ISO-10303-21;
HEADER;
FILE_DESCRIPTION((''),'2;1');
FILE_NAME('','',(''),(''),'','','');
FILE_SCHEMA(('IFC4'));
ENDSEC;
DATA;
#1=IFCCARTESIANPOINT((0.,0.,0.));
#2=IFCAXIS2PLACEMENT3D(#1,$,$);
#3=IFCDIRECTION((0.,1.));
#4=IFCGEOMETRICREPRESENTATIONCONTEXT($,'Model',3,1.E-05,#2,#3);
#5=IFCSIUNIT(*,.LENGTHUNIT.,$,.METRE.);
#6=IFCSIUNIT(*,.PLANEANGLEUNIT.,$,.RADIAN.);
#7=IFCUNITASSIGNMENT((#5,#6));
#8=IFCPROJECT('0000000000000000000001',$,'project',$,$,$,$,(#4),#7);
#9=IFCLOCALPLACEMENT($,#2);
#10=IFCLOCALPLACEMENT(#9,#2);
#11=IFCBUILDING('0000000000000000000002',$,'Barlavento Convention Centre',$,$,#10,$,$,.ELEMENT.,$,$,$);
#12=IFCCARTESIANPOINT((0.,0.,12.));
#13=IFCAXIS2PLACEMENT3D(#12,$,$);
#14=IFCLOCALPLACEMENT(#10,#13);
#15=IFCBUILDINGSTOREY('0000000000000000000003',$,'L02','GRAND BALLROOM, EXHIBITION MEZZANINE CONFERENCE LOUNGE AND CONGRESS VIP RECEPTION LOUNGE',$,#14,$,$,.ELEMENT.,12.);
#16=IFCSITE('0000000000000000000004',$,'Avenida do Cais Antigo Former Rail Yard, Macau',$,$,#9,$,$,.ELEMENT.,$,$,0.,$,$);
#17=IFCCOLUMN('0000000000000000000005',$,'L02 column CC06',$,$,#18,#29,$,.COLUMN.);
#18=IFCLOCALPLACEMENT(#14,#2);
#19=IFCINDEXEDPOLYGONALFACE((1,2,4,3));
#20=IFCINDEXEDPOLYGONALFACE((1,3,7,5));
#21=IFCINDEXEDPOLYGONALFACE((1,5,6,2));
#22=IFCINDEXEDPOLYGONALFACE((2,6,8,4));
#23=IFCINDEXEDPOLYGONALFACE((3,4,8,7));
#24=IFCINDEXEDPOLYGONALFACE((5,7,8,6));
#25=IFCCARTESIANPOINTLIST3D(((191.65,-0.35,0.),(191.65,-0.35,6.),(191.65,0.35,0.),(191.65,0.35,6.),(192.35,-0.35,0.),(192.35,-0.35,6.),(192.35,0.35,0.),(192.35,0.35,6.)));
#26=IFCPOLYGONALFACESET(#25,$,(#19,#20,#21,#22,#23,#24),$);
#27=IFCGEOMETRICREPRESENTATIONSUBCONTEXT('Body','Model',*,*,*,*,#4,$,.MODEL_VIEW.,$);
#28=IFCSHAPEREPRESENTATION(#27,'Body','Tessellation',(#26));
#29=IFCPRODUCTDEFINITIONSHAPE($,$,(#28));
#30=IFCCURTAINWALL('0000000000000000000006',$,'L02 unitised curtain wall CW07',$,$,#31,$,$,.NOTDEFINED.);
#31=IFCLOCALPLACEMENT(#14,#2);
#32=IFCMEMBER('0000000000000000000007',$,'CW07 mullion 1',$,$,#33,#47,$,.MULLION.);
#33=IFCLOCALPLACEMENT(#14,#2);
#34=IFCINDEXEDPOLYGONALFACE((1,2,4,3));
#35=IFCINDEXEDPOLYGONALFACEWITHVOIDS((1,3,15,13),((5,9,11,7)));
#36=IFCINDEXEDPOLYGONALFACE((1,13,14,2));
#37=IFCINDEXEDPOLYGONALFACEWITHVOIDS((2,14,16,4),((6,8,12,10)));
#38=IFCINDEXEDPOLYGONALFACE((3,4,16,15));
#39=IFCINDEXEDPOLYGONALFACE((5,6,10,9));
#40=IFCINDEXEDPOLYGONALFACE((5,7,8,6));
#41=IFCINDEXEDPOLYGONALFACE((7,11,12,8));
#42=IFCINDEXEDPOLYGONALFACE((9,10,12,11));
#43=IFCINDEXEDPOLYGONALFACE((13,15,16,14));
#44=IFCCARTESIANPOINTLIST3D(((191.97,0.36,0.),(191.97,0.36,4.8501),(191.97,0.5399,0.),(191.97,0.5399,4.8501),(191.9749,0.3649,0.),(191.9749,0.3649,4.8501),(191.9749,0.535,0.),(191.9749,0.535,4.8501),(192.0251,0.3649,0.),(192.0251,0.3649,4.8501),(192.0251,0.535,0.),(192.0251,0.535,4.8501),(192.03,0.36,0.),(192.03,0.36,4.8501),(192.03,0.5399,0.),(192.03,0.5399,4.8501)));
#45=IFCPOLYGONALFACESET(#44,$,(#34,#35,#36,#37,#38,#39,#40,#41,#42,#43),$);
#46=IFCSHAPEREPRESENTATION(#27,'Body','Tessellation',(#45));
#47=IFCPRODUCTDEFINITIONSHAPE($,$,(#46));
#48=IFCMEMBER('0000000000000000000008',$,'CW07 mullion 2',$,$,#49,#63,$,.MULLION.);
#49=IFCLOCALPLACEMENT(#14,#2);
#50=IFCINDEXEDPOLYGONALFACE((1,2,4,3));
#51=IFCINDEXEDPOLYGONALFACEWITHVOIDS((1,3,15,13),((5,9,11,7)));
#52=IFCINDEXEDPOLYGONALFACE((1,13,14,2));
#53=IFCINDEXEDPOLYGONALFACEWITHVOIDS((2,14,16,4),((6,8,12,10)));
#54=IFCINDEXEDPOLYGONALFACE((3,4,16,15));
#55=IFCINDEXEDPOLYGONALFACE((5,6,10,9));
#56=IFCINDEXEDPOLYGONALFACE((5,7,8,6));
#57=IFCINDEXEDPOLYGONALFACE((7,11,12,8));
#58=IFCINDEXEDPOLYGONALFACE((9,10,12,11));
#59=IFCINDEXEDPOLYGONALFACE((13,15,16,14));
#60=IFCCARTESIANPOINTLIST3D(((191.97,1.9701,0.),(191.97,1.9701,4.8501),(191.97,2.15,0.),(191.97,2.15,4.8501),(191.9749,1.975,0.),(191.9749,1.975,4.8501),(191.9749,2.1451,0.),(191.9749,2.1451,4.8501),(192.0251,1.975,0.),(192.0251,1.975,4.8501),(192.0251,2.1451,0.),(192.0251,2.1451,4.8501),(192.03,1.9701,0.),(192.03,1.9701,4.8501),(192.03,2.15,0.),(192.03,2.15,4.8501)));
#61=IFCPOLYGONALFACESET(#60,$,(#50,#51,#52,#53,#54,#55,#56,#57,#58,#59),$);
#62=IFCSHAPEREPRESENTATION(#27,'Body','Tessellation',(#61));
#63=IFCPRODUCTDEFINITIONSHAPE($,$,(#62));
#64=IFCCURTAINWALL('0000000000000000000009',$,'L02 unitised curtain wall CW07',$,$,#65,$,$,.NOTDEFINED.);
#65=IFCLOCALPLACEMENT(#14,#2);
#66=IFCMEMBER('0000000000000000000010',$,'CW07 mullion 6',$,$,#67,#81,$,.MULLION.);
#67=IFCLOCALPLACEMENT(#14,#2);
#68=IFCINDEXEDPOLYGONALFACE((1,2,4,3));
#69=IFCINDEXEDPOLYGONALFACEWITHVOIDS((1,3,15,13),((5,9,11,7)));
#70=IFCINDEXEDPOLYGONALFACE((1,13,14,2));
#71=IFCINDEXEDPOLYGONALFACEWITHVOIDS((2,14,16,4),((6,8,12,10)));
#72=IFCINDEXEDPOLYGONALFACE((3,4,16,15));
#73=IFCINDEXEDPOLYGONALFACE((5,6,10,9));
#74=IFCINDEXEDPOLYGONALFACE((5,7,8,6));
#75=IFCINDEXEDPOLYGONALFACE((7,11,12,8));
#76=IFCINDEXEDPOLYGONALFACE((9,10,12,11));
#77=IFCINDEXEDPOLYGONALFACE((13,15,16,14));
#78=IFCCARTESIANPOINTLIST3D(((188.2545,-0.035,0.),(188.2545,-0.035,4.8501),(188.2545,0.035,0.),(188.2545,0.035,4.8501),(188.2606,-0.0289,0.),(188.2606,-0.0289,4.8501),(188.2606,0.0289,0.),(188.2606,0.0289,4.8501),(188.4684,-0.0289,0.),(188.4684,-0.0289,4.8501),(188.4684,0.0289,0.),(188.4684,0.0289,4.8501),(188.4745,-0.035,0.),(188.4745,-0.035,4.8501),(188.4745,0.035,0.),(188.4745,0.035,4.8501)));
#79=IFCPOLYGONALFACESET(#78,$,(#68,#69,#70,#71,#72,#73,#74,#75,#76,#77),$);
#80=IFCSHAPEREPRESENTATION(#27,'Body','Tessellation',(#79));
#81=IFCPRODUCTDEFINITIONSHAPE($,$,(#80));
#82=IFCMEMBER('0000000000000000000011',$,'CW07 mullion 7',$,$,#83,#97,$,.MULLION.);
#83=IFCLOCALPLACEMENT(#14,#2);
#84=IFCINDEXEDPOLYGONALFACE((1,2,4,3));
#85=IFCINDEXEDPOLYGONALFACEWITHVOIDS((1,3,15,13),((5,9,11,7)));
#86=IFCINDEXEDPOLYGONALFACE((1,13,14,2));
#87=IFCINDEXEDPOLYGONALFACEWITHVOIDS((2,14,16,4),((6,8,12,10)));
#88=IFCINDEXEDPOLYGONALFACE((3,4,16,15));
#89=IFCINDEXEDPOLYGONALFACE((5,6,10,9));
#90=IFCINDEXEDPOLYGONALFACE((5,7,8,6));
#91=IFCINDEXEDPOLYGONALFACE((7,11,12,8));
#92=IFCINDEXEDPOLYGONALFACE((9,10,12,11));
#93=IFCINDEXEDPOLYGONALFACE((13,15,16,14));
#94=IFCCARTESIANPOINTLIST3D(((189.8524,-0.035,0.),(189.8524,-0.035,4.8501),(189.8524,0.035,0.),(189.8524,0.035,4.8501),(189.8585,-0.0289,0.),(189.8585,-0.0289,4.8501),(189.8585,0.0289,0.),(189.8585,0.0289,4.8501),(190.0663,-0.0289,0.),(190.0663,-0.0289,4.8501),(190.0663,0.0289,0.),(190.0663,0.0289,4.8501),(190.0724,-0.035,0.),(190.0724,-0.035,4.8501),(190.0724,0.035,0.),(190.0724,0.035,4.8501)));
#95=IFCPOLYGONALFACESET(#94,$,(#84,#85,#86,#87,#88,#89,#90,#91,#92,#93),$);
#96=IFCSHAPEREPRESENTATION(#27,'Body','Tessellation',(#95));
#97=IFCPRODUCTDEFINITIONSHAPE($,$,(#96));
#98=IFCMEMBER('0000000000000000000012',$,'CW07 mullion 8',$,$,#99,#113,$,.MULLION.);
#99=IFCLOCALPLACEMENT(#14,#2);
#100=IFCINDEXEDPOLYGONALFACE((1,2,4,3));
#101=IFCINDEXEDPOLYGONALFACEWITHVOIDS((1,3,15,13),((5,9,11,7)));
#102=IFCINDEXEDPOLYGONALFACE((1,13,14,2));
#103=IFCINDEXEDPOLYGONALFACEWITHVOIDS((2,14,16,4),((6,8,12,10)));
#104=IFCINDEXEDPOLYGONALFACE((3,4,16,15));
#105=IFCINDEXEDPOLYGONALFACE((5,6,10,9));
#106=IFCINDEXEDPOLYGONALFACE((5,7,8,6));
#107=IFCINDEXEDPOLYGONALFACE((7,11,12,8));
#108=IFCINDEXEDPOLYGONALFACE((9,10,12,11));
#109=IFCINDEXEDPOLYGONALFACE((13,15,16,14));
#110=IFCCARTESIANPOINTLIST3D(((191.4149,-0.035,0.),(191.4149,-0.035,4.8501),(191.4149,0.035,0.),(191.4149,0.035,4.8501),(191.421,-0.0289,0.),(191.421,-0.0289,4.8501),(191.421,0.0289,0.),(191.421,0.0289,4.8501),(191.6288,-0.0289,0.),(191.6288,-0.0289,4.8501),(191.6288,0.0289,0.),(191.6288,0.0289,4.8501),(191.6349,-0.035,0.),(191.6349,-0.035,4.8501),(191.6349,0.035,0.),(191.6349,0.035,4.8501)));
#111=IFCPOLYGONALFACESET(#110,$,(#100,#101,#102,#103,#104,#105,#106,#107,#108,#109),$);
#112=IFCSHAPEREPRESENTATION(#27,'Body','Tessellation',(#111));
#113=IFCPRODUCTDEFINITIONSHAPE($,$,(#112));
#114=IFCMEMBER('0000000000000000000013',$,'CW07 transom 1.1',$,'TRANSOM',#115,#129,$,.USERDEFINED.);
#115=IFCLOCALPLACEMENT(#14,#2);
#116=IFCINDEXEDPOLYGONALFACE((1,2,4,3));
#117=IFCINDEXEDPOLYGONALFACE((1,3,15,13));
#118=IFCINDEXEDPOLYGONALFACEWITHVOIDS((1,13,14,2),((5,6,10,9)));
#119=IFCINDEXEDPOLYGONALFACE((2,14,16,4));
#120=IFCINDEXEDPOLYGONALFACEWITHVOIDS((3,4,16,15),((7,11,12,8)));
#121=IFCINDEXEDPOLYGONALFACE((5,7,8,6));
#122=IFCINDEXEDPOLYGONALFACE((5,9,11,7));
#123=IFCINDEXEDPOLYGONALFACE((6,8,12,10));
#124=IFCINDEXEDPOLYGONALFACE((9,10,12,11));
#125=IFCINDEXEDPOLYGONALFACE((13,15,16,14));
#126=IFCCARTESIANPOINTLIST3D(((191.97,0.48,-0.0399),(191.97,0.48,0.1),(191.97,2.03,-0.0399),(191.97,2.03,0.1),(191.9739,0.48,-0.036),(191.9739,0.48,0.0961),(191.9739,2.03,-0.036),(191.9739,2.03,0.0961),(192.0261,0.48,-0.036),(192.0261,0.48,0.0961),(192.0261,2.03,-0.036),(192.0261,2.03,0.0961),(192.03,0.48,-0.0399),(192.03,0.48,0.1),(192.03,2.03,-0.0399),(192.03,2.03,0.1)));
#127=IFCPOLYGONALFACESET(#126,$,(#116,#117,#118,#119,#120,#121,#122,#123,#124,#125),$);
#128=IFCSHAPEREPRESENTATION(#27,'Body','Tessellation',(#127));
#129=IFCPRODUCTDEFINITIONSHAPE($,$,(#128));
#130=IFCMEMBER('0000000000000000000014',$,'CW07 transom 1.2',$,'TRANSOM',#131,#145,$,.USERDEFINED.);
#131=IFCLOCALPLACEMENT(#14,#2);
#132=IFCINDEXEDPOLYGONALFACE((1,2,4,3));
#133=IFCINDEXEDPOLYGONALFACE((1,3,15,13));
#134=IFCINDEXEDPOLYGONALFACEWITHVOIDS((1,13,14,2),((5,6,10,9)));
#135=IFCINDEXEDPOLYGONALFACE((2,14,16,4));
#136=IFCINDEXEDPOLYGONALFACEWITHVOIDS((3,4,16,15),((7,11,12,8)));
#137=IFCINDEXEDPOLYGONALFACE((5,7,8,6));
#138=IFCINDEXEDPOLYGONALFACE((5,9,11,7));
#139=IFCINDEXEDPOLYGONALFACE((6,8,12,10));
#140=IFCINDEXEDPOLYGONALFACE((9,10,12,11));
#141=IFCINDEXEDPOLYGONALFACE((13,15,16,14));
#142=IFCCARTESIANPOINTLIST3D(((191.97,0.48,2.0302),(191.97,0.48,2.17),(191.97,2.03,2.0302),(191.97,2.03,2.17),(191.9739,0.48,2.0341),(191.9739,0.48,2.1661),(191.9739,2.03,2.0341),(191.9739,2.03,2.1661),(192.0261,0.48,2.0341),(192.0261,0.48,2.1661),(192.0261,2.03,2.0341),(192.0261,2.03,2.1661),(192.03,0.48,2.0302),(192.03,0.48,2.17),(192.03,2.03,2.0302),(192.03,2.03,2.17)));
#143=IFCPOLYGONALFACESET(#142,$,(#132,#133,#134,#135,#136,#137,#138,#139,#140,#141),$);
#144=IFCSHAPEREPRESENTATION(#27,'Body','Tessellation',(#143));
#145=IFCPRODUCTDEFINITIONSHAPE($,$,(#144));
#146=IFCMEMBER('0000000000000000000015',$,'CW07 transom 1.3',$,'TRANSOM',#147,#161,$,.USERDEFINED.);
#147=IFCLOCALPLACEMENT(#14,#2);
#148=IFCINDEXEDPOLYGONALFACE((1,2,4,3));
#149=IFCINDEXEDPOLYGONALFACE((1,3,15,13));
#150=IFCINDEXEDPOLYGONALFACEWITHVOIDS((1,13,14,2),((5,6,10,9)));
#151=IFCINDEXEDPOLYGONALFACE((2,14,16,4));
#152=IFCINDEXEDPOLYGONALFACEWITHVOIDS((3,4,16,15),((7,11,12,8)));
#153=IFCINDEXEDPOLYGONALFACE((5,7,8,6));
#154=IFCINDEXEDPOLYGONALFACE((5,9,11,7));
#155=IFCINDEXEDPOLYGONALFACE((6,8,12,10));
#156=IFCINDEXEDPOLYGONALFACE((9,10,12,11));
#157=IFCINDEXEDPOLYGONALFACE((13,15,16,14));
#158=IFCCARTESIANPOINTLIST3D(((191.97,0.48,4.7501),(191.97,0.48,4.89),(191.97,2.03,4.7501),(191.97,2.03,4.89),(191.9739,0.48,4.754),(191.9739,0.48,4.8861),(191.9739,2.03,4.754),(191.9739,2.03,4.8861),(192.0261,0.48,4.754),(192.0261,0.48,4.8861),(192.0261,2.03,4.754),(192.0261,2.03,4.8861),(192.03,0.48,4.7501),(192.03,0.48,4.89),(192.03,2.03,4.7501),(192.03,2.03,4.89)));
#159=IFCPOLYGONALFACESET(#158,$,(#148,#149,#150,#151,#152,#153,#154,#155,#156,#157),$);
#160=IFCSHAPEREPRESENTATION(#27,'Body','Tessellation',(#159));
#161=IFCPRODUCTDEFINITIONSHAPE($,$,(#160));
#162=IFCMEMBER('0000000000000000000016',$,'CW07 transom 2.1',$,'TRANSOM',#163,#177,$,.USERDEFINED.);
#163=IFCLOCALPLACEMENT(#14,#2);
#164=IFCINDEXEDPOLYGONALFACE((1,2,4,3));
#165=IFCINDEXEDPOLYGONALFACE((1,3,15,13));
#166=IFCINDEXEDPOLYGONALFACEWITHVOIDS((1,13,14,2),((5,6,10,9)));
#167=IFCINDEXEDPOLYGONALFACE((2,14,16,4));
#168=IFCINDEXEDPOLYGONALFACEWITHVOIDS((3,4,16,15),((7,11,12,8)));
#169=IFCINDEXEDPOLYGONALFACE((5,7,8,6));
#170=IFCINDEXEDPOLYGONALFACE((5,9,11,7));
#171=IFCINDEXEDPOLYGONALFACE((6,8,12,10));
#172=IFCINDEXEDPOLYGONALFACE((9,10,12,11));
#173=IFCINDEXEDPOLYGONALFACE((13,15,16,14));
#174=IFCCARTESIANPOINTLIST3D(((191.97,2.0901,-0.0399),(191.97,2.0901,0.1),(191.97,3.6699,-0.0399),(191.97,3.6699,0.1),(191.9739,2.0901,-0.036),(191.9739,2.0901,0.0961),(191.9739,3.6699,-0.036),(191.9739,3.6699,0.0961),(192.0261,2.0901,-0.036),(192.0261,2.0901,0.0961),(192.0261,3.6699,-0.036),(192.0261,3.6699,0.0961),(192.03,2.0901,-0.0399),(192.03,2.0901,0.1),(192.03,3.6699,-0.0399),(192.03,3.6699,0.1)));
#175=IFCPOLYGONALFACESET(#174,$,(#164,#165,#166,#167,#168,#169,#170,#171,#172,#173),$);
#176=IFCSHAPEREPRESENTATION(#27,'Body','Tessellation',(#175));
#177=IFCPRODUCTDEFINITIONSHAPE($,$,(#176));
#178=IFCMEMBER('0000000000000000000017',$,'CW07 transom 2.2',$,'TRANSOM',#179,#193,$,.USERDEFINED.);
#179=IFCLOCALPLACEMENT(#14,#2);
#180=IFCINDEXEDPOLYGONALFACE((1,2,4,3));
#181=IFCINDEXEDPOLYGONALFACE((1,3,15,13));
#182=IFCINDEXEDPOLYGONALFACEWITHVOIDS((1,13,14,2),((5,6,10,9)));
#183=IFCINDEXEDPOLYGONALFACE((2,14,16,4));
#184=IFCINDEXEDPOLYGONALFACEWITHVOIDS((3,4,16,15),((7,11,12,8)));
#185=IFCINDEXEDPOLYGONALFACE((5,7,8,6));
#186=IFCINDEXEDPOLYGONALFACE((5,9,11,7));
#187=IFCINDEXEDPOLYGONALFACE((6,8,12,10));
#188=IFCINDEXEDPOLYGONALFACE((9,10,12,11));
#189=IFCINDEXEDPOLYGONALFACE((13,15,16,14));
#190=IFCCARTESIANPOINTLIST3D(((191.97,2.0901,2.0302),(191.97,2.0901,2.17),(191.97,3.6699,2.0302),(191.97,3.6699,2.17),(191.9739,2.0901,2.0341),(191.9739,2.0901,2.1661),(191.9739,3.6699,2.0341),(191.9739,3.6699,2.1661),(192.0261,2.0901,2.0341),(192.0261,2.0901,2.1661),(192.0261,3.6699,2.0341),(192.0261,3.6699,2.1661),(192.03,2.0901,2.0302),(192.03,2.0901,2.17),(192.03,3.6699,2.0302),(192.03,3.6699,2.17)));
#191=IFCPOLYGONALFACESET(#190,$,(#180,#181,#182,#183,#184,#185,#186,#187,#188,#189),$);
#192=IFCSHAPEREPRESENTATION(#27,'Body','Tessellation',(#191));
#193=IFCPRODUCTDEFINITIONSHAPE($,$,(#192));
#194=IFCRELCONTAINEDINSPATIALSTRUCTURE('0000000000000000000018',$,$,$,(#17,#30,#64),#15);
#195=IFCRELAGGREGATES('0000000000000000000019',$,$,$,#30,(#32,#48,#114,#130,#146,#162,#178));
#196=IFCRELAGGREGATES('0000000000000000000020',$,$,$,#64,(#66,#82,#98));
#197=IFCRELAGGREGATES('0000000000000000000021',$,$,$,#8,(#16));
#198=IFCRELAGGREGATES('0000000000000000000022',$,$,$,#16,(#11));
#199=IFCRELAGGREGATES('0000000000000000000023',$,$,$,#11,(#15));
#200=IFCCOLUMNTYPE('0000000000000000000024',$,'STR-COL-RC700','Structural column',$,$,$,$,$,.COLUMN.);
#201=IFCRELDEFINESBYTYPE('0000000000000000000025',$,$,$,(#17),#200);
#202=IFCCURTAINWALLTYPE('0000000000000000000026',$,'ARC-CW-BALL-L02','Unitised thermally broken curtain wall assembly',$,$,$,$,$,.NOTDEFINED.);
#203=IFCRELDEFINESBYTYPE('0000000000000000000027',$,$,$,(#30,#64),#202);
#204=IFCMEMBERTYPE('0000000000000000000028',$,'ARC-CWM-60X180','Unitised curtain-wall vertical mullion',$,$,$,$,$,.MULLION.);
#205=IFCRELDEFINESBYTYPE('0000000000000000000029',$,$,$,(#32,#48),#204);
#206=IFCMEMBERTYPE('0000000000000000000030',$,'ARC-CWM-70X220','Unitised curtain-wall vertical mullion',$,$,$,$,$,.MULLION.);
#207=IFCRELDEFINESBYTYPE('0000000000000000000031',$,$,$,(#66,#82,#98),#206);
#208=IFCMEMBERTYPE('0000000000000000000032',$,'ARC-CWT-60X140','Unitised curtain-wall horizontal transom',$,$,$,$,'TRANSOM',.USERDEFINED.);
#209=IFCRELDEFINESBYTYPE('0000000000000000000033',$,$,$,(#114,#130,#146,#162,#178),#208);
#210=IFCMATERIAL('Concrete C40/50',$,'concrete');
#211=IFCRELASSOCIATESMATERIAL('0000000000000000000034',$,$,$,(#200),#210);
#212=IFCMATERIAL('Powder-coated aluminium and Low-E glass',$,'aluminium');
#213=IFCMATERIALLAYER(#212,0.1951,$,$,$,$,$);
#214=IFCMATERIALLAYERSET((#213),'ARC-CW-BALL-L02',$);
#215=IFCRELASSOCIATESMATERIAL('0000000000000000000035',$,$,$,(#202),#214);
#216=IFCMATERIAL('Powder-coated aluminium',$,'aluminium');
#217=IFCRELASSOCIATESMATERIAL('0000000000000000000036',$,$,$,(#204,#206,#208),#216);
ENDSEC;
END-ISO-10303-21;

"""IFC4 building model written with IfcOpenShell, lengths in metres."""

from ifc_helpers import new_model, si_unit, direction, frame, origin, origin_2d, place, context, subcontext, project, spatial, rectangle, hollow_rectangle, extrude, material, layer, layer_set, material_profile, profile_set, type_object, element, aggregate, save


model = new_model("IFC4")

# Units and contexts
model_context = context("Model", 3, precision=1e-05, world=origin(), true_north=direction((0.0, 1.0)))
body_context = subcontext(model_context, "Body", "Model", "MODEL_VIEW")
ifc_project = project(units=[si_unit("LENGTHUNIT", "METRE"), si_unit("PLANEANGLEUNIT", "RADIAN")], contexts=[model_context])

# Site, building, storey
site_placement = place(None, origin())
site = spatial("IfcSite", under=ifc_project, at=site_placement, Name="Avenida do Cais Antigo Former Rail Yard, Macau", CompositionType="ELEMENT", RefElevation=0.0)
building_placement = place(site_placement, origin())
building = spatial("IfcBuilding", under=site, at=building_placement, Name="Barlavento Convention Centre", CompositionType="ELEMENT")
storey_placement = place(building_placement, frame((0.0, 0.0, 12.0)))
storey = spatial("IfcBuildingStorey", under=building, at=storey_placement, Name="L02", Description="GRAND BALLROOM, EXHIBITION MEZZANINE CONFERENCE LOUNGE AND CONGRESS VIP RECEPTION LOUNGE", CompositionType="ELEMENT", Elevation=12.0)

# Column
ifc_material_1 = material(Name="Concrete C40/50", Category="concrete")
ifc_material_profile_1 = material_profile(ifc_material_1, rectangle(XDim=0.7, YDim=0.7, at=origin_2d()), Name="RC 700x700")
ifc_profile_set_1 = profile_set([ifc_material_profile_1], Name="Concrete C40/50")
column_type = type_object("IfcColumnType", Name="STR-COL-RC700", Description="Structural column", PredefinedType="COLUMN", material=ifc_profile_set_1)
column_placement = place(storey_placement, frame((192.0, 0.0, 0.0), z_axis=(0.0, 0.0, 1.0), x_axis=(1.0, 0.0, 0.0)))
element("IfcColumn", 1, at=column_placement, inside=storey, type_object=column_type, Name="L02 column CC06", PredefinedType="COLUMN", context=body_context, shape_type="SweptSolid", body=[
    extrude(rectangle(XDim=0.7, YDim=0.7, at=origin_2d()), origin(), (0.0, 0.0, 1.0), 6.0),
])

# Curtain walls, members
ifc_material_2 = material(Name="Powder-coated aluminium and Low-E glass", Category="aluminium")
ifc_layer_1 = layer(ifc_material_2, 0.1951)
ifc_layer_set_1 = layer_set([ifc_layer_1], Name="ARC-CW-BALL-L02")
curtain_wall_type = type_object("IfcCurtainWallType", Name="ARC-CW-BALL-L02", Description="Unitised thermally broken curtain wall assembly", PredefinedType="NOTDEFINED", material=ifc_layer_set_1)
curtain_wall_1_placement = place(storey_placement, origin())
curtain_wall_1 = element("IfcCurtainWall", 2, at=curtain_wall_1_placement, inside=storey, type_object=curtain_wall_type, Name="L02 unitised curtain wall CW07", PredefinedType="NOTDEFINED")
ifc_material_3 = material(Name="Powder-coated aluminium", Category="aluminium")
ifc_material_profile_2 = material_profile(ifc_material_3, hollow_rectangle(XDim=0.0601, YDim=0.1799, WallThickness=0.0049, at=origin_2d()), Name="AL-MULL 60x180x5")
ifc_profile_set_2 = profile_set([ifc_material_profile_2], Name="Powder-coated aluminium")
member_type_1 = type_object("IfcMemberType", Name="ARC-CWM-60X180", Description="Unitised curtain-wall vertical mullion", PredefinedType="MULLION", material=ifc_profile_set_2)
member_1_placement = place(storey_placement, frame((192.0, 0.45, 0.0), z_axis=(0.0, 0.0, 1.0), x_axis=(-1.0, 0.0, 0.0)))
member_1 = element("IfcMember", 3, at=member_1_placement, type_object=member_type_1, Name="CW07 mullion 1", PredefinedType="MULLION", context=body_context, shape_type="SweptSolid", body=[
    extrude(hollow_rectangle(XDim=0.0601, YDim=0.1799, WallThickness=0.0049, at=origin_2d()), origin(), (0.0, 0.0, 1.0), 4.8501),
])
member_2_placement = place(storey_placement, frame((192.0, 2.0601, 0.0), z_axis=(0.0, 0.0, 1.0), x_axis=(-1.0, 0.0, 0.0)))
member_2 = element("IfcMember", 4, at=member_2_placement, type_object=member_type_1, Name="CW07 mullion 2", PredefinedType="MULLION", context=body_context, shape_type="SweptSolid", body=[
    extrude(hollow_rectangle(XDim=0.0601, YDim=0.1799, WallThickness=0.0049, at=origin_2d()), origin(), (0.0, 0.0, 1.0), 4.8501),
])
curtain_wall_2_placement = place(storey_placement, origin())
curtain_wall_2 = element("IfcCurtainWall", 5, at=curtain_wall_2_placement, inside=storey, type_object=curtain_wall_type, Name="L02 unitised curtain wall CW07", PredefinedType="NOTDEFINED")
ifc_material_profile_3 = material_profile(ifc_material_3, hollow_rectangle(XDim=0.0701, YDim=0.22, WallThickness=0.0061, at=origin_2d()), Name="AL-MULL 70x220x6")
ifc_profile_set_3 = profile_set([ifc_material_profile_3], Name="Powder-coated aluminium")
member_type_2 = type_object("IfcMemberType", Name="ARC-CWM-70X220", Description="Unitised curtain-wall vertical mullion", PredefinedType="MULLION", material=ifc_profile_set_3)
member_3_placement = place(storey_placement, frame((188.3645, 0.0, 0.0), z_axis=(0.0, 0.0, 1.0), x_axis=(0.0, 1.0, 0.0)))
member_3 = element("IfcMember", 6, at=member_3_placement, type_object=member_type_2, Name="CW07 mullion 6", PredefinedType="MULLION", context=body_context, shape_type="SweptSolid", body=[
    extrude(hollow_rectangle(XDim=0.0701, YDim=0.22, WallThickness=0.0061, at=origin_2d()), origin(), (0.0, 0.0, 1.0), 4.8501),
])
member_4_placement = place(storey_placement, frame((189.9624, 0.0, 0.0), z_axis=(0.0, 0.0, 1.0), x_axis=(0.0, 1.0, 0.0)))
member_4 = element("IfcMember", 7, at=member_4_placement, type_object=member_type_2, Name="CW07 mullion 7", PredefinedType="MULLION", context=body_context, shape_type="SweptSolid", body=[
    extrude(hollow_rectangle(XDim=0.0701, YDim=0.22, WallThickness=0.0061, at=origin_2d()), origin(), (0.0, 0.0, 1.0), 4.8501),
])
member_5_placement = place(storey_placement, frame((191.5249, 0.0, 0.0), z_axis=(0.0, 0.0, 1.0), x_axis=(0.0, 1.0, 0.0)))
member_5 = element("IfcMember", 8, at=member_5_placement, type_object=member_type_2, Name="CW07 mullion 8", PredefinedType="MULLION", context=body_context, shape_type="SweptSolid", body=[
    extrude(hollow_rectangle(XDim=0.0701, YDim=0.22, WallThickness=0.0061, at=origin_2d()), origin(), (0.0, 0.0, 1.0), 4.8501),
])

# Members
ifc_material_profile_4 = material_profile(ifc_material_3, hollow_rectangle(XDim=0.0601, YDim=0.1399, WallThickness=0.0039, at=origin_2d()), Name="AL-TRAN 60x140x4")
ifc_profile_set_4 = profile_set([ifc_material_profile_4], Name="Powder-coated aluminium")
member_type_3 = type_object("IfcMemberType", Name="ARC-CWT-60X140", Description="Unitised curtain-wall horizontal transom", ElementType="TRANSOM", PredefinedType="USERDEFINED", material=ifc_profile_set_4)
member_6_placement = place(storey_placement, frame((192.0, 0.48, 0.03), z_axis=(0.0, 1.0, 0.0), x_axis=(-1.0, 0.0, 0.0)))
member_6 = element("IfcMember", 9, at=member_6_placement, type_object=member_type_3, Name="CW07 transom 1.1", ObjectType="TRANSOM", PredefinedType="USERDEFINED", context=body_context, shape_type="SweptSolid", body=[
    extrude(hollow_rectangle(XDim=0.0601, YDim=0.1399, WallThickness=0.0039, at=origin_2d()), origin(), (0.0, 0.0, 1.0), 1.55),
])
member_7_placement = place(storey_placement, frame((192.0, 0.48, 2.1001), z_axis=(0.0, 1.0, 0.0), x_axis=(-1.0, 0.0, 0.0)))
member_7 = element("IfcMember", 10, at=member_7_placement, type_object=member_type_3, Name="CW07 transom 1.2", ObjectType="TRANSOM", PredefinedType="USERDEFINED", context=body_context, shape_type="SweptSolid", body=[
    extrude(hollow_rectangle(XDim=0.0601, YDim=0.1399, WallThickness=0.0039, at=origin_2d()), origin(), (0.0, 0.0, 1.0), 1.55),
])
member_8_placement = place(storey_placement, frame((192.0, 0.48, 4.8201), z_axis=(0.0, 1.0, 0.0), x_axis=(-1.0, 0.0, 0.0)))
member_8 = element("IfcMember", 11, at=member_8_placement, type_object=member_type_3, Name="CW07 transom 1.3", ObjectType="TRANSOM", PredefinedType="USERDEFINED", context=body_context, shape_type="SweptSolid", body=[
    extrude(hollow_rectangle(XDim=0.0601, YDim=0.1399, WallThickness=0.0039, at=origin_2d()), origin(), (0.0, 0.0, 1.0), 1.55),
])
member_9_placement = place(storey_placement, frame((192.0, 2.0901, 0.03), z_axis=(0.0, 1.0, 0.0), x_axis=(-1.0, 0.0, 0.0)))
member_9 = element("IfcMember", 12, at=member_9_placement, type_object=member_type_3, Name="CW07 transom 2.1", ObjectType="TRANSOM", PredefinedType="USERDEFINED", context=body_context, shape_type="SweptSolid", body=[
    extrude(hollow_rectangle(XDim=0.0601, YDim=0.1399, WallThickness=0.0039, at=origin_2d()), origin(), (0.0, 0.0, 1.0), 1.5798),
])
member_10_placement = place(storey_placement, frame((192.0, 2.0901, 2.1001), z_axis=(0.0, 1.0, 0.0), x_axis=(-1.0, 0.0, 0.0)))
member_10 = element("IfcMember", 13, at=member_10_placement, type_object=member_type_3, Name="CW07 transom 2.2", ObjectType="TRANSOM", PredefinedType="USERDEFINED", context=body_context, shape_type="SweptSolid", body=[
    extrude(hollow_rectangle(XDim=0.0601, YDim=0.1399, WallThickness=0.0039, at=origin_2d()), origin(), (0.0, 0.0, 1.0), 1.5798),
])

aggregate(curtain_wall_1, [member_1, member_2, member_6, member_7, member_8, member_9, member_10])
aggregate(curtain_wall_2, [member_3, member_4, member_5])

save(model, "model.ifc")
